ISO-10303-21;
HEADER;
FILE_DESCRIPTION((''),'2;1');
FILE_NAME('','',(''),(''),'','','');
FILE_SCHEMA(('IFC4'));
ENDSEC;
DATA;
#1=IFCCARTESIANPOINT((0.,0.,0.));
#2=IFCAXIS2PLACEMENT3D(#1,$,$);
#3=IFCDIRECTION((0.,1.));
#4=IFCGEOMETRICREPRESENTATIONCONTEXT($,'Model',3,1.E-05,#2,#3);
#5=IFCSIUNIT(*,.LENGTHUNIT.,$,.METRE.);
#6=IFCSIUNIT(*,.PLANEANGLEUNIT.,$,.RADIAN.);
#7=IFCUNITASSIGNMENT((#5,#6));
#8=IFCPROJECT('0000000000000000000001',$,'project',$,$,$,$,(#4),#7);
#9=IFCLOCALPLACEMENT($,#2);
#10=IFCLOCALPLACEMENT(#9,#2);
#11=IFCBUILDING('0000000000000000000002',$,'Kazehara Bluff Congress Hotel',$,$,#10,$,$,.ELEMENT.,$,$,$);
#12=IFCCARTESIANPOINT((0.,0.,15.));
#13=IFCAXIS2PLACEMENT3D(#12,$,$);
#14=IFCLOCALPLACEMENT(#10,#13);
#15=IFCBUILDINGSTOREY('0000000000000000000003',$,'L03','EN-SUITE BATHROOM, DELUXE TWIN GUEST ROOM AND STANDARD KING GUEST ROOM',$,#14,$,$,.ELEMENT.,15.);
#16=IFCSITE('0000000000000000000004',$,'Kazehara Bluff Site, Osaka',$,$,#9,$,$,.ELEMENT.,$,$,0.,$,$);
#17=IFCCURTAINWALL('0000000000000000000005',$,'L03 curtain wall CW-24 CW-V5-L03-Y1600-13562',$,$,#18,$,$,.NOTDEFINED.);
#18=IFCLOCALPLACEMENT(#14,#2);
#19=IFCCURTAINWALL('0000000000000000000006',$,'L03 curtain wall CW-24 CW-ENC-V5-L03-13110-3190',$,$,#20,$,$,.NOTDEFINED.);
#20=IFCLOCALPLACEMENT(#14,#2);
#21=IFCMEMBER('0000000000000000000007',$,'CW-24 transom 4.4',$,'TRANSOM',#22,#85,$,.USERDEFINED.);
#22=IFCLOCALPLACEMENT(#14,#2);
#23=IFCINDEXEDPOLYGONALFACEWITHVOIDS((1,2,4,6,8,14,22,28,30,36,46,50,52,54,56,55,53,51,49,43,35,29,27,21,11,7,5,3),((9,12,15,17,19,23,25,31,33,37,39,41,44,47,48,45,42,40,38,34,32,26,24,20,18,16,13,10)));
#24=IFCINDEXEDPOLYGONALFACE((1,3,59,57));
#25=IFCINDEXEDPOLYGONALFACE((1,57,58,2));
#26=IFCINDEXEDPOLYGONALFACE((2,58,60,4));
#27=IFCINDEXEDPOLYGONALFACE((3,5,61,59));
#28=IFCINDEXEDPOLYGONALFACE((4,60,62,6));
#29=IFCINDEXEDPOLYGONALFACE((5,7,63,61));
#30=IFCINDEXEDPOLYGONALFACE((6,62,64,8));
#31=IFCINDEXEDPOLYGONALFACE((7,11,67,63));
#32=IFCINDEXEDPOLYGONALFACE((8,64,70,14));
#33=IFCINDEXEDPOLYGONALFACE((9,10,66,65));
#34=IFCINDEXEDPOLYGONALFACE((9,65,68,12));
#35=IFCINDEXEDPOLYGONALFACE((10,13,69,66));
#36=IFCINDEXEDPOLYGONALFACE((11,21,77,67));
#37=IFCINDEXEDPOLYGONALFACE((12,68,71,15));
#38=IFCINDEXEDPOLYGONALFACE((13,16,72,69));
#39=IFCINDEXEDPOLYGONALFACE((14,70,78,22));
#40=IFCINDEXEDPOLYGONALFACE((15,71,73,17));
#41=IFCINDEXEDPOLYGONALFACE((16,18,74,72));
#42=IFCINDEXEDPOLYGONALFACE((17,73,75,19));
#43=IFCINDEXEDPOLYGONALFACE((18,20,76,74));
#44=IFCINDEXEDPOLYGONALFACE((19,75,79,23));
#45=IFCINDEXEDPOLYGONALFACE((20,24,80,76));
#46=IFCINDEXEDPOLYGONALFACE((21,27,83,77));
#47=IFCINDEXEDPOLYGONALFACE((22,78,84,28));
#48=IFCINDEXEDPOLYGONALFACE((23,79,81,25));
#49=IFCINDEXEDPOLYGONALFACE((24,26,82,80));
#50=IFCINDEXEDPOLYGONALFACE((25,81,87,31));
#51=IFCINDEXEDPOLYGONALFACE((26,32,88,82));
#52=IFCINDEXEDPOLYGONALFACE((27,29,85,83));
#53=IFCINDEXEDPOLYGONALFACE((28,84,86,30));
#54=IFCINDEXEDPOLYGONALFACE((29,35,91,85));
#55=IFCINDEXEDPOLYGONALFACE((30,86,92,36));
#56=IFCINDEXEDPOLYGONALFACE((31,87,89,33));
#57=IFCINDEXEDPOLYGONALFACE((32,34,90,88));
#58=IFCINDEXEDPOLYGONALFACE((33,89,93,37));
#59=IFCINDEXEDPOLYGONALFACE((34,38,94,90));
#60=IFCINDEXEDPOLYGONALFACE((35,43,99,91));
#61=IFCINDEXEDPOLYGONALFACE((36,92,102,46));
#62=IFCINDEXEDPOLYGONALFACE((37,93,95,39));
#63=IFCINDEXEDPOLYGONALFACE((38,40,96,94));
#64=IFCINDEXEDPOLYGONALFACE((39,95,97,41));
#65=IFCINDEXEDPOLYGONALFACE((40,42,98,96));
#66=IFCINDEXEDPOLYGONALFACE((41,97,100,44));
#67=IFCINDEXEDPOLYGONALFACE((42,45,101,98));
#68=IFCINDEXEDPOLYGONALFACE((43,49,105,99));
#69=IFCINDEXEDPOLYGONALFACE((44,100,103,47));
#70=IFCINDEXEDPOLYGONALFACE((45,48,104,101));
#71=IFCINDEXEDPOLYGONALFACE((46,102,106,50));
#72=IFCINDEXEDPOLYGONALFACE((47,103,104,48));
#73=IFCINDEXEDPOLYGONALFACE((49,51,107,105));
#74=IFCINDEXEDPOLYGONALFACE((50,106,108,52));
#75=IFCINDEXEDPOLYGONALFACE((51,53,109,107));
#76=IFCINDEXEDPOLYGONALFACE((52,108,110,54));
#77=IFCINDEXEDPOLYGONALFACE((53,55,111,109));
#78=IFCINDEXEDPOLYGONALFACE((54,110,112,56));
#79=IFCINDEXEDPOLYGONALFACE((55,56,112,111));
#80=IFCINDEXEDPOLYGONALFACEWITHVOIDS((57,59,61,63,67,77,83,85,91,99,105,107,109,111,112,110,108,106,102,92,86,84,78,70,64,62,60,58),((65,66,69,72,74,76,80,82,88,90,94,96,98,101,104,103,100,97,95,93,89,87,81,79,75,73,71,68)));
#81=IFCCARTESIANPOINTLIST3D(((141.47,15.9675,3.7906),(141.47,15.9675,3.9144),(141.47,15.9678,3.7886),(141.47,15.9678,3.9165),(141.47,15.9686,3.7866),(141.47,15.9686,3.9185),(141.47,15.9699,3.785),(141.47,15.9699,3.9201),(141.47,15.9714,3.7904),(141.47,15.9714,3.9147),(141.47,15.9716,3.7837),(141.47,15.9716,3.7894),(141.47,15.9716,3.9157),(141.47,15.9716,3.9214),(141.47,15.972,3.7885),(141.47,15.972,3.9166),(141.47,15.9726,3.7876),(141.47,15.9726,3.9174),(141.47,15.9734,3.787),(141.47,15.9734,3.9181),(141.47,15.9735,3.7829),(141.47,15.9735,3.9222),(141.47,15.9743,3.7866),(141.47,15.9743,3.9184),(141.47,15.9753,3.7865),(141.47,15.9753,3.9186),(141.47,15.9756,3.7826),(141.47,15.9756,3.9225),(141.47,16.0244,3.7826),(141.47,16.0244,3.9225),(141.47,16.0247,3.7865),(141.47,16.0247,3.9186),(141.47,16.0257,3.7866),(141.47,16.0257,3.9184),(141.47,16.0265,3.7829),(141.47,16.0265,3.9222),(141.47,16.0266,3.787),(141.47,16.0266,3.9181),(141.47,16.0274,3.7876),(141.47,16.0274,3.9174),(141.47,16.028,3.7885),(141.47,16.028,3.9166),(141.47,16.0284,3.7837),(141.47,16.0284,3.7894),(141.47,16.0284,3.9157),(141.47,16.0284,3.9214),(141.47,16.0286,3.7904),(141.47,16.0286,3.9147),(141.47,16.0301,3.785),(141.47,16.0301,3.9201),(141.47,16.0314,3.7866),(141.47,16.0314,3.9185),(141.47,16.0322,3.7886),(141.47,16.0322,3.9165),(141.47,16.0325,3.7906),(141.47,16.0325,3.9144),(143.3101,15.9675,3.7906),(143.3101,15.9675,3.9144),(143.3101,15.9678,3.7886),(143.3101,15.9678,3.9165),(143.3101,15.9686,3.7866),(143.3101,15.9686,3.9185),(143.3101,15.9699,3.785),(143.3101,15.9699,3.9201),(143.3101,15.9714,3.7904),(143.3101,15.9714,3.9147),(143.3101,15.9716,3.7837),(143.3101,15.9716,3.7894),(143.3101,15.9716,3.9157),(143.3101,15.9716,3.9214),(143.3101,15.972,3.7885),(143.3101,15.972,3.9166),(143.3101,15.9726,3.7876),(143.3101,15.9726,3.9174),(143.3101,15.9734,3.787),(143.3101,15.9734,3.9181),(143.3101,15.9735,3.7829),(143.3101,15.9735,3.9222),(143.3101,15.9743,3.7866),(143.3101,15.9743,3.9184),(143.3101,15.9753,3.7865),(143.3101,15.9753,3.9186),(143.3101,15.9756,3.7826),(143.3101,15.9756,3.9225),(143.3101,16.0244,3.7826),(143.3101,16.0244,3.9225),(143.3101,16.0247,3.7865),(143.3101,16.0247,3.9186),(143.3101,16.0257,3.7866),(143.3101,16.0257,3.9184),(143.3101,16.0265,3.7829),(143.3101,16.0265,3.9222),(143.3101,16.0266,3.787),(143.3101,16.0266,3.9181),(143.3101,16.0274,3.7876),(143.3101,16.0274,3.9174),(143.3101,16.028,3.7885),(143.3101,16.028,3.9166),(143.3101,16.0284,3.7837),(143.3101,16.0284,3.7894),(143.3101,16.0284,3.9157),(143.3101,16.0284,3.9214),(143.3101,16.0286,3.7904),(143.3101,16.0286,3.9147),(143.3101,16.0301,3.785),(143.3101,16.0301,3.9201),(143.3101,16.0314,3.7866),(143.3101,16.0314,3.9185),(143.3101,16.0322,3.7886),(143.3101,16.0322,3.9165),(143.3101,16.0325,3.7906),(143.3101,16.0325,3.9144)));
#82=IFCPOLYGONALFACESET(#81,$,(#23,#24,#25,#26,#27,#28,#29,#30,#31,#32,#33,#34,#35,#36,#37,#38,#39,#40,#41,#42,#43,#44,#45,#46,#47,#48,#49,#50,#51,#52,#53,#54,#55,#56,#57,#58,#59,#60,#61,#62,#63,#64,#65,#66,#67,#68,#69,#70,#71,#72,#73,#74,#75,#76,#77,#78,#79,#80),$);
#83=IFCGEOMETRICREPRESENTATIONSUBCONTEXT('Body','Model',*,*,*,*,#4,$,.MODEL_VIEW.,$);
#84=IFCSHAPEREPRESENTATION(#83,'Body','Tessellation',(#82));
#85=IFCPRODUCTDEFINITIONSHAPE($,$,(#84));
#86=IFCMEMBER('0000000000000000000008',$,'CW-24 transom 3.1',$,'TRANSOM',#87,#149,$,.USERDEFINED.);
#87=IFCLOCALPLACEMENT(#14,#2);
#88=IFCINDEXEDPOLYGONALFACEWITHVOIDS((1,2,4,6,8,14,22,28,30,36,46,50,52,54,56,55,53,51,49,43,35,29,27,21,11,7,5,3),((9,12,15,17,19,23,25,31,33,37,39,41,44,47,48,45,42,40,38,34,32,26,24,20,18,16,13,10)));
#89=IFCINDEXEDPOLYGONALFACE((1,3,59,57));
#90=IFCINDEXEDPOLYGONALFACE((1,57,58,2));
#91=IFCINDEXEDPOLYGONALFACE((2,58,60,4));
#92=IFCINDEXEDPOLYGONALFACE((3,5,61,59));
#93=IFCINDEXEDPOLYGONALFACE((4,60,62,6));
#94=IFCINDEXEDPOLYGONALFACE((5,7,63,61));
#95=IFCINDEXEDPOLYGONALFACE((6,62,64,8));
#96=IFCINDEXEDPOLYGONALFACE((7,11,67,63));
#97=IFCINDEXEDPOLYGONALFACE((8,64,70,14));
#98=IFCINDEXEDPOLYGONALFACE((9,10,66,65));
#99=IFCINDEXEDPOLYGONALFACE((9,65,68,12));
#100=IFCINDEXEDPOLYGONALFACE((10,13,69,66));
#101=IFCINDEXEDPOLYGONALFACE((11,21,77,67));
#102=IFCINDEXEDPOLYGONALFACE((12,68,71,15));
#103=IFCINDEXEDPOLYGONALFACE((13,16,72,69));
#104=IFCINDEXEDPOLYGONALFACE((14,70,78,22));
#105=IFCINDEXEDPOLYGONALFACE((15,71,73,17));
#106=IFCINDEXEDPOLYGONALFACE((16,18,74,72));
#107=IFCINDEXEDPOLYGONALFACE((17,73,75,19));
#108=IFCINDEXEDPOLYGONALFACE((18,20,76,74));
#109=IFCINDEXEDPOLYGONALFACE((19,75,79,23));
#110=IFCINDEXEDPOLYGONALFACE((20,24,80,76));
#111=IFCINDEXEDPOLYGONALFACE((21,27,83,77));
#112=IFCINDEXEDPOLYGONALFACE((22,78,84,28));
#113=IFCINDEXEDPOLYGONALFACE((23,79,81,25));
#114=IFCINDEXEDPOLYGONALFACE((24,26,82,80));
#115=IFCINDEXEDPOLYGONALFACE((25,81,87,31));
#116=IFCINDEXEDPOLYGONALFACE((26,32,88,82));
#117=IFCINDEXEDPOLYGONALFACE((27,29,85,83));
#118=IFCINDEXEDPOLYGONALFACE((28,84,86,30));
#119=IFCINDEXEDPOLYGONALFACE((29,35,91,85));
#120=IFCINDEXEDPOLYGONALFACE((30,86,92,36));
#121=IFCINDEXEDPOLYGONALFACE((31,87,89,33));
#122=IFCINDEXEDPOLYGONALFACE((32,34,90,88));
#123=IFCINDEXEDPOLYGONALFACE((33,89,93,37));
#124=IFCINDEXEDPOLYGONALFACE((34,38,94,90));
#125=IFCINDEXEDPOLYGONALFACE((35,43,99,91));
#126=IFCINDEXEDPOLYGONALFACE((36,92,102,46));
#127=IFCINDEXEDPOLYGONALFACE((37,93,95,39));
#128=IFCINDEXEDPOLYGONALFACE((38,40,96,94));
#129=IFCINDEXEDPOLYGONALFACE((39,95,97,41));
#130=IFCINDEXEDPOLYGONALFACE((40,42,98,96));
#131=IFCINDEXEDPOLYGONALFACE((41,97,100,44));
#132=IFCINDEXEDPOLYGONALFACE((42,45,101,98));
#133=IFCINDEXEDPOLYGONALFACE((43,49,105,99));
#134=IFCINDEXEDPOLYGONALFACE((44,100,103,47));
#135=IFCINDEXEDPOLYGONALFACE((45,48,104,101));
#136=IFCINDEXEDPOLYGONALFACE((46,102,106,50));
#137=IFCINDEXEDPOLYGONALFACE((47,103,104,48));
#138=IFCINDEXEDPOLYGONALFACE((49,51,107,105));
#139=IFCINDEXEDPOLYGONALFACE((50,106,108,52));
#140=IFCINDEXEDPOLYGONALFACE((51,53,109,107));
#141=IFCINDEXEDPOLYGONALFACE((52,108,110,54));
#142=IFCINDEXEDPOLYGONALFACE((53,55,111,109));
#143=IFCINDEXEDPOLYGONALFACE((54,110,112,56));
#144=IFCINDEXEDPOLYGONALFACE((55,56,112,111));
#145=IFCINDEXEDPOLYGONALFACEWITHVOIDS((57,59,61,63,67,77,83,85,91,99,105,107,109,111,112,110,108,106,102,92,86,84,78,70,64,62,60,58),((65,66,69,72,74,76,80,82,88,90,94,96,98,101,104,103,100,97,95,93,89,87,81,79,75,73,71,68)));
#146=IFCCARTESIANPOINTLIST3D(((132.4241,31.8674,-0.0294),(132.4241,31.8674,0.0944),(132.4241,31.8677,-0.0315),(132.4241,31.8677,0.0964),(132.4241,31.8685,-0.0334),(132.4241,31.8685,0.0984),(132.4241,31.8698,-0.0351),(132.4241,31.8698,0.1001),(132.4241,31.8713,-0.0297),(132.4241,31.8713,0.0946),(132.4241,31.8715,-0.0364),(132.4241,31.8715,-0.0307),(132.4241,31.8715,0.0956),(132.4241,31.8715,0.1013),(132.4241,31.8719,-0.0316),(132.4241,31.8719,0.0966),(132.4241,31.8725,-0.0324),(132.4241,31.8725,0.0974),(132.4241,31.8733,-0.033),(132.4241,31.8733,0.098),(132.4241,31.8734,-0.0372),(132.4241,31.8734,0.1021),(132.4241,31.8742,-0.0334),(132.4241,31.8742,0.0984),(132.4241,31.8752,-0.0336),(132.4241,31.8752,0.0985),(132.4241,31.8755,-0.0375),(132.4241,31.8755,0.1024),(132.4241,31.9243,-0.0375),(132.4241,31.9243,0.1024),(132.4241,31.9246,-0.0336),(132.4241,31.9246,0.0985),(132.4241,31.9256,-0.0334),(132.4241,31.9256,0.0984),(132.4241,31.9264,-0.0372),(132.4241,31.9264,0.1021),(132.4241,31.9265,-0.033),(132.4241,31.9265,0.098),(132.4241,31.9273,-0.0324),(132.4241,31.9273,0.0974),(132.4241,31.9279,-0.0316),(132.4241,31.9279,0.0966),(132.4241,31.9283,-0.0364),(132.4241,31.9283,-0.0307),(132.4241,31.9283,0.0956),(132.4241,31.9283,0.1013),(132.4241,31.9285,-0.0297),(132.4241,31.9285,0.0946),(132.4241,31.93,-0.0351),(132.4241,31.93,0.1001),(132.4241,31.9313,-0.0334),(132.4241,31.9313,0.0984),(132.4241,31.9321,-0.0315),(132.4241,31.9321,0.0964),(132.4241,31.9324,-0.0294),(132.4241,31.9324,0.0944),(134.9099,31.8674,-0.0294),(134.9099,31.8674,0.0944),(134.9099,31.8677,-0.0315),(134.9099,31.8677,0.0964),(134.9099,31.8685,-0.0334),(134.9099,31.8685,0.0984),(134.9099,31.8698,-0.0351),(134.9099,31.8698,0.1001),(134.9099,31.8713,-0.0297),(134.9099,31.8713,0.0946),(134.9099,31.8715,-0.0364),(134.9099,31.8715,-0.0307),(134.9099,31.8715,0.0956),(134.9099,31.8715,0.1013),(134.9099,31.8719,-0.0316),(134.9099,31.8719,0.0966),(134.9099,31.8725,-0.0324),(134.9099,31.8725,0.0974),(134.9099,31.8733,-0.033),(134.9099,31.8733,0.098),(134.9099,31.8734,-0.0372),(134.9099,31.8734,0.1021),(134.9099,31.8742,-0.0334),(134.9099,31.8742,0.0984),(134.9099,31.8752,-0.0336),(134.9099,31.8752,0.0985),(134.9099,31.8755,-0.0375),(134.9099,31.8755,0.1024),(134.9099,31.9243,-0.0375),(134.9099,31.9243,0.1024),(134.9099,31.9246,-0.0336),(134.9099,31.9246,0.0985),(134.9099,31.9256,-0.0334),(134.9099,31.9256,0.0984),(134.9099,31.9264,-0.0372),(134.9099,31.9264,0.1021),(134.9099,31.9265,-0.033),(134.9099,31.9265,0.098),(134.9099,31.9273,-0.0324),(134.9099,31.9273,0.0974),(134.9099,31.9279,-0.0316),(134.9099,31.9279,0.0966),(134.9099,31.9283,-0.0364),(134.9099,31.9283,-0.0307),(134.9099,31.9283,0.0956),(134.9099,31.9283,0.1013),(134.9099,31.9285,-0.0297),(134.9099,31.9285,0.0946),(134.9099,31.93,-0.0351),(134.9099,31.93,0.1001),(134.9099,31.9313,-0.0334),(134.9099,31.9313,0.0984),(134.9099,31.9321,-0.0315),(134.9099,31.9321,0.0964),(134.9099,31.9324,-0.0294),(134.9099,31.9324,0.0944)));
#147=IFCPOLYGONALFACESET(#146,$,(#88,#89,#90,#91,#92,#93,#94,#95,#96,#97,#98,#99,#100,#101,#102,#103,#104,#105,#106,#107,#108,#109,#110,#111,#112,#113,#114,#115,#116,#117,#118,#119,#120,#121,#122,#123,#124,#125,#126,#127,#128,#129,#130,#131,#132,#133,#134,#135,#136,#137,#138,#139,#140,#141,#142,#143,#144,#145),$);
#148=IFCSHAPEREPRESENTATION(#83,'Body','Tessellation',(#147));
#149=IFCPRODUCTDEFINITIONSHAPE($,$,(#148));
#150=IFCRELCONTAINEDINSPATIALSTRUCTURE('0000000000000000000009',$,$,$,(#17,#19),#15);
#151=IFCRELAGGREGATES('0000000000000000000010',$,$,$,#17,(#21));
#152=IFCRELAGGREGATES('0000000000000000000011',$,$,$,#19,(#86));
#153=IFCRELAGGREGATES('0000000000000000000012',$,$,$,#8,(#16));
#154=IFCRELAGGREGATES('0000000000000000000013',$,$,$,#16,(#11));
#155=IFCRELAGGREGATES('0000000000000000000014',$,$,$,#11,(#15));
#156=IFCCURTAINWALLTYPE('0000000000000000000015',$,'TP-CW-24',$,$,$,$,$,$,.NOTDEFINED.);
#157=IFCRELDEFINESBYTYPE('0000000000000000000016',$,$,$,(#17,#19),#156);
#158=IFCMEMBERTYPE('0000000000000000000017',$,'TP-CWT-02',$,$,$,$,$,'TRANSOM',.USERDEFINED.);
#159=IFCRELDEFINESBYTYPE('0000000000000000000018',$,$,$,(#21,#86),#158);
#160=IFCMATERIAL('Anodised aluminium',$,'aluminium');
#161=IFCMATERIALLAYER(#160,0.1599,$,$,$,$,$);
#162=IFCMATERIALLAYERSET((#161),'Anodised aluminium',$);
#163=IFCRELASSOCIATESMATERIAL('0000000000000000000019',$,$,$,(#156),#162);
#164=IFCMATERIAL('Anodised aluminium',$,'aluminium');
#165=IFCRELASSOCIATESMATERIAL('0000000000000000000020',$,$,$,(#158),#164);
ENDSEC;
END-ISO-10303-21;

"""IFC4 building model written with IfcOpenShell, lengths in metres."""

from ifc_helpers import new_model, si_unit, direction, frame, origin, origin_2d, place, context, subcontext, project, spatial, hollow_rectangle, extrude, material, layer, layer_set, material_profile, profile_set, type_object, element, aggregate, save


model = new_model("IFC4")

# Units and contexts
model_context = context("Model", 3, precision=1e-05, world=origin(), true_north=direction((0.0, 1.0)))
body_context = subcontext(model_context, "Body", "Model", "MODEL_VIEW")
ifc_project = project(units=[si_unit("LENGTHUNIT", "METRE"), si_unit("PLANEANGLEUNIT", "RADIAN")], contexts=[model_context])

# Site, building, storey
site_placement = place(None, origin())
site = spatial("IfcSite", under=ifc_project, at=site_placement, Name="Kazehara Bluff Site, Osaka", CompositionType="ELEMENT", RefElevation=0.0)
building_placement = place(site_placement, origin())
building = spatial("IfcBuilding", under=site, at=building_placement, Name="Kazehara Bluff Congress Hotel", CompositionType="ELEMENT")
storey_placement = place(building_placement, frame((0.0, 0.0, 15.0)))
storey = spatial("IfcBuildingStorey", under=building, at=storey_placement, Name="L03", Description="EN-SUITE BATHROOM, DELUXE TWIN GUEST ROOM AND STANDARD KING GUEST ROOM", CompositionType="ELEMENT", Elevation=15.0)

# Curtain wall
ifc_material_1 = material(Name="Anodised aluminium", Category="aluminium")
ifc_layer_1 = layer(ifc_material_1, 0.1599)
ifc_layer_set_1 = layer_set([ifc_layer_1], Name="Anodised aluminium")
curtain_wall_type = type_object("IfcCurtainWallType", Name="TP-CW-24", PredefinedType="NOTDEFINED", material=ifc_layer_set_1)
curtain_wall_1_placement = place(storey_placement, origin())
curtain_wall_1 = element("IfcCurtainWall", 1, at=curtain_wall_1_placement, inside=storey, type_object=curtain_wall_type, Name="L03 curtain wall CW-24 CW-V5-L03-Y1600-13562", PredefinedType="NOTDEFINED")

# Curtain wall
curtain_wall_2_placement = place(storey_placement, origin())
curtain_wall_2 = element("IfcCurtainWall", 2, at=curtain_wall_2_placement, inside=storey, type_object=curtain_wall_type, Name="L03 curtain wall CW-24 CW-ENC-V5-L03-13110-3190", PredefinedType="NOTDEFINED")

# Members
ifc_material_2 = material(Name="Anodised aluminium", Category="aluminium")
ifc_material_profile_1 = material_profile(ifc_material_2, hollow_rectangle(XDim=0.0649, YDim=0.1399, WallThickness=0.0039, InnerFilletRadius=0.0039, OuterFilletRadius=0.0081, at=origin_2d()))
ifc_profile_set_1 = profile_set([ifc_material_profile_1], Name="Anodised aluminium")
member_type_1 = type_object("IfcMemberType", Name="TP-CWT-02", ElementType="TRANSOM", PredefinedType="USERDEFINED", material=ifc_profile_set_1)
member_1_placement = place(storey_placement, frame((141.47, 16.0, 3.8525), z_axis=(1.0, 0.0, 0.0), x_axis=(0.0, 1.0, 0.0)))
member_1 = element("IfcMember", 3, at=member_1_placement, type_object=member_type_1, Name="CW-24 transom 4.4", ObjectType="TRANSOM", PredefinedType="USERDEFINED", context=body_context, shape_type="SweptSolid", body=[
    extrude(hollow_rectangle(XDim=0.0649, YDim=0.1399, WallThickness=0.0039, InnerFilletRadius=0.0039, OuterFilletRadius=0.0081, at=origin_2d()), origin(), (0.0, 0.0, 1.0), 1.8401),
])
member_2_placement = place(storey_placement, frame((132.4241, 31.8999, 0.0325), z_axis=(1.0, 0.0, 0.0), x_axis=(0.0, 1.0, 0.0)))
member_2 = element("IfcMember", 4, at=member_2_placement, type_object=member_type_1, Name="CW-24 transom 3.1", ObjectType="TRANSOM", PredefinedType="USERDEFINED", context=body_context, shape_type="SweptSolid", body=[
    extrude(hollow_rectangle(XDim=0.0649, YDim=0.1399, WallThickness=0.0039, InnerFilletRadius=0.0039, OuterFilletRadius=0.0081, at=origin_2d()), origin(), (0.0, 0.0, 1.0), 2.4858),
])

aggregate(curtain_wall_1, [member_1])
aggregate(curtain_wall_2, [member_2])

save(model, "model.ifc")
